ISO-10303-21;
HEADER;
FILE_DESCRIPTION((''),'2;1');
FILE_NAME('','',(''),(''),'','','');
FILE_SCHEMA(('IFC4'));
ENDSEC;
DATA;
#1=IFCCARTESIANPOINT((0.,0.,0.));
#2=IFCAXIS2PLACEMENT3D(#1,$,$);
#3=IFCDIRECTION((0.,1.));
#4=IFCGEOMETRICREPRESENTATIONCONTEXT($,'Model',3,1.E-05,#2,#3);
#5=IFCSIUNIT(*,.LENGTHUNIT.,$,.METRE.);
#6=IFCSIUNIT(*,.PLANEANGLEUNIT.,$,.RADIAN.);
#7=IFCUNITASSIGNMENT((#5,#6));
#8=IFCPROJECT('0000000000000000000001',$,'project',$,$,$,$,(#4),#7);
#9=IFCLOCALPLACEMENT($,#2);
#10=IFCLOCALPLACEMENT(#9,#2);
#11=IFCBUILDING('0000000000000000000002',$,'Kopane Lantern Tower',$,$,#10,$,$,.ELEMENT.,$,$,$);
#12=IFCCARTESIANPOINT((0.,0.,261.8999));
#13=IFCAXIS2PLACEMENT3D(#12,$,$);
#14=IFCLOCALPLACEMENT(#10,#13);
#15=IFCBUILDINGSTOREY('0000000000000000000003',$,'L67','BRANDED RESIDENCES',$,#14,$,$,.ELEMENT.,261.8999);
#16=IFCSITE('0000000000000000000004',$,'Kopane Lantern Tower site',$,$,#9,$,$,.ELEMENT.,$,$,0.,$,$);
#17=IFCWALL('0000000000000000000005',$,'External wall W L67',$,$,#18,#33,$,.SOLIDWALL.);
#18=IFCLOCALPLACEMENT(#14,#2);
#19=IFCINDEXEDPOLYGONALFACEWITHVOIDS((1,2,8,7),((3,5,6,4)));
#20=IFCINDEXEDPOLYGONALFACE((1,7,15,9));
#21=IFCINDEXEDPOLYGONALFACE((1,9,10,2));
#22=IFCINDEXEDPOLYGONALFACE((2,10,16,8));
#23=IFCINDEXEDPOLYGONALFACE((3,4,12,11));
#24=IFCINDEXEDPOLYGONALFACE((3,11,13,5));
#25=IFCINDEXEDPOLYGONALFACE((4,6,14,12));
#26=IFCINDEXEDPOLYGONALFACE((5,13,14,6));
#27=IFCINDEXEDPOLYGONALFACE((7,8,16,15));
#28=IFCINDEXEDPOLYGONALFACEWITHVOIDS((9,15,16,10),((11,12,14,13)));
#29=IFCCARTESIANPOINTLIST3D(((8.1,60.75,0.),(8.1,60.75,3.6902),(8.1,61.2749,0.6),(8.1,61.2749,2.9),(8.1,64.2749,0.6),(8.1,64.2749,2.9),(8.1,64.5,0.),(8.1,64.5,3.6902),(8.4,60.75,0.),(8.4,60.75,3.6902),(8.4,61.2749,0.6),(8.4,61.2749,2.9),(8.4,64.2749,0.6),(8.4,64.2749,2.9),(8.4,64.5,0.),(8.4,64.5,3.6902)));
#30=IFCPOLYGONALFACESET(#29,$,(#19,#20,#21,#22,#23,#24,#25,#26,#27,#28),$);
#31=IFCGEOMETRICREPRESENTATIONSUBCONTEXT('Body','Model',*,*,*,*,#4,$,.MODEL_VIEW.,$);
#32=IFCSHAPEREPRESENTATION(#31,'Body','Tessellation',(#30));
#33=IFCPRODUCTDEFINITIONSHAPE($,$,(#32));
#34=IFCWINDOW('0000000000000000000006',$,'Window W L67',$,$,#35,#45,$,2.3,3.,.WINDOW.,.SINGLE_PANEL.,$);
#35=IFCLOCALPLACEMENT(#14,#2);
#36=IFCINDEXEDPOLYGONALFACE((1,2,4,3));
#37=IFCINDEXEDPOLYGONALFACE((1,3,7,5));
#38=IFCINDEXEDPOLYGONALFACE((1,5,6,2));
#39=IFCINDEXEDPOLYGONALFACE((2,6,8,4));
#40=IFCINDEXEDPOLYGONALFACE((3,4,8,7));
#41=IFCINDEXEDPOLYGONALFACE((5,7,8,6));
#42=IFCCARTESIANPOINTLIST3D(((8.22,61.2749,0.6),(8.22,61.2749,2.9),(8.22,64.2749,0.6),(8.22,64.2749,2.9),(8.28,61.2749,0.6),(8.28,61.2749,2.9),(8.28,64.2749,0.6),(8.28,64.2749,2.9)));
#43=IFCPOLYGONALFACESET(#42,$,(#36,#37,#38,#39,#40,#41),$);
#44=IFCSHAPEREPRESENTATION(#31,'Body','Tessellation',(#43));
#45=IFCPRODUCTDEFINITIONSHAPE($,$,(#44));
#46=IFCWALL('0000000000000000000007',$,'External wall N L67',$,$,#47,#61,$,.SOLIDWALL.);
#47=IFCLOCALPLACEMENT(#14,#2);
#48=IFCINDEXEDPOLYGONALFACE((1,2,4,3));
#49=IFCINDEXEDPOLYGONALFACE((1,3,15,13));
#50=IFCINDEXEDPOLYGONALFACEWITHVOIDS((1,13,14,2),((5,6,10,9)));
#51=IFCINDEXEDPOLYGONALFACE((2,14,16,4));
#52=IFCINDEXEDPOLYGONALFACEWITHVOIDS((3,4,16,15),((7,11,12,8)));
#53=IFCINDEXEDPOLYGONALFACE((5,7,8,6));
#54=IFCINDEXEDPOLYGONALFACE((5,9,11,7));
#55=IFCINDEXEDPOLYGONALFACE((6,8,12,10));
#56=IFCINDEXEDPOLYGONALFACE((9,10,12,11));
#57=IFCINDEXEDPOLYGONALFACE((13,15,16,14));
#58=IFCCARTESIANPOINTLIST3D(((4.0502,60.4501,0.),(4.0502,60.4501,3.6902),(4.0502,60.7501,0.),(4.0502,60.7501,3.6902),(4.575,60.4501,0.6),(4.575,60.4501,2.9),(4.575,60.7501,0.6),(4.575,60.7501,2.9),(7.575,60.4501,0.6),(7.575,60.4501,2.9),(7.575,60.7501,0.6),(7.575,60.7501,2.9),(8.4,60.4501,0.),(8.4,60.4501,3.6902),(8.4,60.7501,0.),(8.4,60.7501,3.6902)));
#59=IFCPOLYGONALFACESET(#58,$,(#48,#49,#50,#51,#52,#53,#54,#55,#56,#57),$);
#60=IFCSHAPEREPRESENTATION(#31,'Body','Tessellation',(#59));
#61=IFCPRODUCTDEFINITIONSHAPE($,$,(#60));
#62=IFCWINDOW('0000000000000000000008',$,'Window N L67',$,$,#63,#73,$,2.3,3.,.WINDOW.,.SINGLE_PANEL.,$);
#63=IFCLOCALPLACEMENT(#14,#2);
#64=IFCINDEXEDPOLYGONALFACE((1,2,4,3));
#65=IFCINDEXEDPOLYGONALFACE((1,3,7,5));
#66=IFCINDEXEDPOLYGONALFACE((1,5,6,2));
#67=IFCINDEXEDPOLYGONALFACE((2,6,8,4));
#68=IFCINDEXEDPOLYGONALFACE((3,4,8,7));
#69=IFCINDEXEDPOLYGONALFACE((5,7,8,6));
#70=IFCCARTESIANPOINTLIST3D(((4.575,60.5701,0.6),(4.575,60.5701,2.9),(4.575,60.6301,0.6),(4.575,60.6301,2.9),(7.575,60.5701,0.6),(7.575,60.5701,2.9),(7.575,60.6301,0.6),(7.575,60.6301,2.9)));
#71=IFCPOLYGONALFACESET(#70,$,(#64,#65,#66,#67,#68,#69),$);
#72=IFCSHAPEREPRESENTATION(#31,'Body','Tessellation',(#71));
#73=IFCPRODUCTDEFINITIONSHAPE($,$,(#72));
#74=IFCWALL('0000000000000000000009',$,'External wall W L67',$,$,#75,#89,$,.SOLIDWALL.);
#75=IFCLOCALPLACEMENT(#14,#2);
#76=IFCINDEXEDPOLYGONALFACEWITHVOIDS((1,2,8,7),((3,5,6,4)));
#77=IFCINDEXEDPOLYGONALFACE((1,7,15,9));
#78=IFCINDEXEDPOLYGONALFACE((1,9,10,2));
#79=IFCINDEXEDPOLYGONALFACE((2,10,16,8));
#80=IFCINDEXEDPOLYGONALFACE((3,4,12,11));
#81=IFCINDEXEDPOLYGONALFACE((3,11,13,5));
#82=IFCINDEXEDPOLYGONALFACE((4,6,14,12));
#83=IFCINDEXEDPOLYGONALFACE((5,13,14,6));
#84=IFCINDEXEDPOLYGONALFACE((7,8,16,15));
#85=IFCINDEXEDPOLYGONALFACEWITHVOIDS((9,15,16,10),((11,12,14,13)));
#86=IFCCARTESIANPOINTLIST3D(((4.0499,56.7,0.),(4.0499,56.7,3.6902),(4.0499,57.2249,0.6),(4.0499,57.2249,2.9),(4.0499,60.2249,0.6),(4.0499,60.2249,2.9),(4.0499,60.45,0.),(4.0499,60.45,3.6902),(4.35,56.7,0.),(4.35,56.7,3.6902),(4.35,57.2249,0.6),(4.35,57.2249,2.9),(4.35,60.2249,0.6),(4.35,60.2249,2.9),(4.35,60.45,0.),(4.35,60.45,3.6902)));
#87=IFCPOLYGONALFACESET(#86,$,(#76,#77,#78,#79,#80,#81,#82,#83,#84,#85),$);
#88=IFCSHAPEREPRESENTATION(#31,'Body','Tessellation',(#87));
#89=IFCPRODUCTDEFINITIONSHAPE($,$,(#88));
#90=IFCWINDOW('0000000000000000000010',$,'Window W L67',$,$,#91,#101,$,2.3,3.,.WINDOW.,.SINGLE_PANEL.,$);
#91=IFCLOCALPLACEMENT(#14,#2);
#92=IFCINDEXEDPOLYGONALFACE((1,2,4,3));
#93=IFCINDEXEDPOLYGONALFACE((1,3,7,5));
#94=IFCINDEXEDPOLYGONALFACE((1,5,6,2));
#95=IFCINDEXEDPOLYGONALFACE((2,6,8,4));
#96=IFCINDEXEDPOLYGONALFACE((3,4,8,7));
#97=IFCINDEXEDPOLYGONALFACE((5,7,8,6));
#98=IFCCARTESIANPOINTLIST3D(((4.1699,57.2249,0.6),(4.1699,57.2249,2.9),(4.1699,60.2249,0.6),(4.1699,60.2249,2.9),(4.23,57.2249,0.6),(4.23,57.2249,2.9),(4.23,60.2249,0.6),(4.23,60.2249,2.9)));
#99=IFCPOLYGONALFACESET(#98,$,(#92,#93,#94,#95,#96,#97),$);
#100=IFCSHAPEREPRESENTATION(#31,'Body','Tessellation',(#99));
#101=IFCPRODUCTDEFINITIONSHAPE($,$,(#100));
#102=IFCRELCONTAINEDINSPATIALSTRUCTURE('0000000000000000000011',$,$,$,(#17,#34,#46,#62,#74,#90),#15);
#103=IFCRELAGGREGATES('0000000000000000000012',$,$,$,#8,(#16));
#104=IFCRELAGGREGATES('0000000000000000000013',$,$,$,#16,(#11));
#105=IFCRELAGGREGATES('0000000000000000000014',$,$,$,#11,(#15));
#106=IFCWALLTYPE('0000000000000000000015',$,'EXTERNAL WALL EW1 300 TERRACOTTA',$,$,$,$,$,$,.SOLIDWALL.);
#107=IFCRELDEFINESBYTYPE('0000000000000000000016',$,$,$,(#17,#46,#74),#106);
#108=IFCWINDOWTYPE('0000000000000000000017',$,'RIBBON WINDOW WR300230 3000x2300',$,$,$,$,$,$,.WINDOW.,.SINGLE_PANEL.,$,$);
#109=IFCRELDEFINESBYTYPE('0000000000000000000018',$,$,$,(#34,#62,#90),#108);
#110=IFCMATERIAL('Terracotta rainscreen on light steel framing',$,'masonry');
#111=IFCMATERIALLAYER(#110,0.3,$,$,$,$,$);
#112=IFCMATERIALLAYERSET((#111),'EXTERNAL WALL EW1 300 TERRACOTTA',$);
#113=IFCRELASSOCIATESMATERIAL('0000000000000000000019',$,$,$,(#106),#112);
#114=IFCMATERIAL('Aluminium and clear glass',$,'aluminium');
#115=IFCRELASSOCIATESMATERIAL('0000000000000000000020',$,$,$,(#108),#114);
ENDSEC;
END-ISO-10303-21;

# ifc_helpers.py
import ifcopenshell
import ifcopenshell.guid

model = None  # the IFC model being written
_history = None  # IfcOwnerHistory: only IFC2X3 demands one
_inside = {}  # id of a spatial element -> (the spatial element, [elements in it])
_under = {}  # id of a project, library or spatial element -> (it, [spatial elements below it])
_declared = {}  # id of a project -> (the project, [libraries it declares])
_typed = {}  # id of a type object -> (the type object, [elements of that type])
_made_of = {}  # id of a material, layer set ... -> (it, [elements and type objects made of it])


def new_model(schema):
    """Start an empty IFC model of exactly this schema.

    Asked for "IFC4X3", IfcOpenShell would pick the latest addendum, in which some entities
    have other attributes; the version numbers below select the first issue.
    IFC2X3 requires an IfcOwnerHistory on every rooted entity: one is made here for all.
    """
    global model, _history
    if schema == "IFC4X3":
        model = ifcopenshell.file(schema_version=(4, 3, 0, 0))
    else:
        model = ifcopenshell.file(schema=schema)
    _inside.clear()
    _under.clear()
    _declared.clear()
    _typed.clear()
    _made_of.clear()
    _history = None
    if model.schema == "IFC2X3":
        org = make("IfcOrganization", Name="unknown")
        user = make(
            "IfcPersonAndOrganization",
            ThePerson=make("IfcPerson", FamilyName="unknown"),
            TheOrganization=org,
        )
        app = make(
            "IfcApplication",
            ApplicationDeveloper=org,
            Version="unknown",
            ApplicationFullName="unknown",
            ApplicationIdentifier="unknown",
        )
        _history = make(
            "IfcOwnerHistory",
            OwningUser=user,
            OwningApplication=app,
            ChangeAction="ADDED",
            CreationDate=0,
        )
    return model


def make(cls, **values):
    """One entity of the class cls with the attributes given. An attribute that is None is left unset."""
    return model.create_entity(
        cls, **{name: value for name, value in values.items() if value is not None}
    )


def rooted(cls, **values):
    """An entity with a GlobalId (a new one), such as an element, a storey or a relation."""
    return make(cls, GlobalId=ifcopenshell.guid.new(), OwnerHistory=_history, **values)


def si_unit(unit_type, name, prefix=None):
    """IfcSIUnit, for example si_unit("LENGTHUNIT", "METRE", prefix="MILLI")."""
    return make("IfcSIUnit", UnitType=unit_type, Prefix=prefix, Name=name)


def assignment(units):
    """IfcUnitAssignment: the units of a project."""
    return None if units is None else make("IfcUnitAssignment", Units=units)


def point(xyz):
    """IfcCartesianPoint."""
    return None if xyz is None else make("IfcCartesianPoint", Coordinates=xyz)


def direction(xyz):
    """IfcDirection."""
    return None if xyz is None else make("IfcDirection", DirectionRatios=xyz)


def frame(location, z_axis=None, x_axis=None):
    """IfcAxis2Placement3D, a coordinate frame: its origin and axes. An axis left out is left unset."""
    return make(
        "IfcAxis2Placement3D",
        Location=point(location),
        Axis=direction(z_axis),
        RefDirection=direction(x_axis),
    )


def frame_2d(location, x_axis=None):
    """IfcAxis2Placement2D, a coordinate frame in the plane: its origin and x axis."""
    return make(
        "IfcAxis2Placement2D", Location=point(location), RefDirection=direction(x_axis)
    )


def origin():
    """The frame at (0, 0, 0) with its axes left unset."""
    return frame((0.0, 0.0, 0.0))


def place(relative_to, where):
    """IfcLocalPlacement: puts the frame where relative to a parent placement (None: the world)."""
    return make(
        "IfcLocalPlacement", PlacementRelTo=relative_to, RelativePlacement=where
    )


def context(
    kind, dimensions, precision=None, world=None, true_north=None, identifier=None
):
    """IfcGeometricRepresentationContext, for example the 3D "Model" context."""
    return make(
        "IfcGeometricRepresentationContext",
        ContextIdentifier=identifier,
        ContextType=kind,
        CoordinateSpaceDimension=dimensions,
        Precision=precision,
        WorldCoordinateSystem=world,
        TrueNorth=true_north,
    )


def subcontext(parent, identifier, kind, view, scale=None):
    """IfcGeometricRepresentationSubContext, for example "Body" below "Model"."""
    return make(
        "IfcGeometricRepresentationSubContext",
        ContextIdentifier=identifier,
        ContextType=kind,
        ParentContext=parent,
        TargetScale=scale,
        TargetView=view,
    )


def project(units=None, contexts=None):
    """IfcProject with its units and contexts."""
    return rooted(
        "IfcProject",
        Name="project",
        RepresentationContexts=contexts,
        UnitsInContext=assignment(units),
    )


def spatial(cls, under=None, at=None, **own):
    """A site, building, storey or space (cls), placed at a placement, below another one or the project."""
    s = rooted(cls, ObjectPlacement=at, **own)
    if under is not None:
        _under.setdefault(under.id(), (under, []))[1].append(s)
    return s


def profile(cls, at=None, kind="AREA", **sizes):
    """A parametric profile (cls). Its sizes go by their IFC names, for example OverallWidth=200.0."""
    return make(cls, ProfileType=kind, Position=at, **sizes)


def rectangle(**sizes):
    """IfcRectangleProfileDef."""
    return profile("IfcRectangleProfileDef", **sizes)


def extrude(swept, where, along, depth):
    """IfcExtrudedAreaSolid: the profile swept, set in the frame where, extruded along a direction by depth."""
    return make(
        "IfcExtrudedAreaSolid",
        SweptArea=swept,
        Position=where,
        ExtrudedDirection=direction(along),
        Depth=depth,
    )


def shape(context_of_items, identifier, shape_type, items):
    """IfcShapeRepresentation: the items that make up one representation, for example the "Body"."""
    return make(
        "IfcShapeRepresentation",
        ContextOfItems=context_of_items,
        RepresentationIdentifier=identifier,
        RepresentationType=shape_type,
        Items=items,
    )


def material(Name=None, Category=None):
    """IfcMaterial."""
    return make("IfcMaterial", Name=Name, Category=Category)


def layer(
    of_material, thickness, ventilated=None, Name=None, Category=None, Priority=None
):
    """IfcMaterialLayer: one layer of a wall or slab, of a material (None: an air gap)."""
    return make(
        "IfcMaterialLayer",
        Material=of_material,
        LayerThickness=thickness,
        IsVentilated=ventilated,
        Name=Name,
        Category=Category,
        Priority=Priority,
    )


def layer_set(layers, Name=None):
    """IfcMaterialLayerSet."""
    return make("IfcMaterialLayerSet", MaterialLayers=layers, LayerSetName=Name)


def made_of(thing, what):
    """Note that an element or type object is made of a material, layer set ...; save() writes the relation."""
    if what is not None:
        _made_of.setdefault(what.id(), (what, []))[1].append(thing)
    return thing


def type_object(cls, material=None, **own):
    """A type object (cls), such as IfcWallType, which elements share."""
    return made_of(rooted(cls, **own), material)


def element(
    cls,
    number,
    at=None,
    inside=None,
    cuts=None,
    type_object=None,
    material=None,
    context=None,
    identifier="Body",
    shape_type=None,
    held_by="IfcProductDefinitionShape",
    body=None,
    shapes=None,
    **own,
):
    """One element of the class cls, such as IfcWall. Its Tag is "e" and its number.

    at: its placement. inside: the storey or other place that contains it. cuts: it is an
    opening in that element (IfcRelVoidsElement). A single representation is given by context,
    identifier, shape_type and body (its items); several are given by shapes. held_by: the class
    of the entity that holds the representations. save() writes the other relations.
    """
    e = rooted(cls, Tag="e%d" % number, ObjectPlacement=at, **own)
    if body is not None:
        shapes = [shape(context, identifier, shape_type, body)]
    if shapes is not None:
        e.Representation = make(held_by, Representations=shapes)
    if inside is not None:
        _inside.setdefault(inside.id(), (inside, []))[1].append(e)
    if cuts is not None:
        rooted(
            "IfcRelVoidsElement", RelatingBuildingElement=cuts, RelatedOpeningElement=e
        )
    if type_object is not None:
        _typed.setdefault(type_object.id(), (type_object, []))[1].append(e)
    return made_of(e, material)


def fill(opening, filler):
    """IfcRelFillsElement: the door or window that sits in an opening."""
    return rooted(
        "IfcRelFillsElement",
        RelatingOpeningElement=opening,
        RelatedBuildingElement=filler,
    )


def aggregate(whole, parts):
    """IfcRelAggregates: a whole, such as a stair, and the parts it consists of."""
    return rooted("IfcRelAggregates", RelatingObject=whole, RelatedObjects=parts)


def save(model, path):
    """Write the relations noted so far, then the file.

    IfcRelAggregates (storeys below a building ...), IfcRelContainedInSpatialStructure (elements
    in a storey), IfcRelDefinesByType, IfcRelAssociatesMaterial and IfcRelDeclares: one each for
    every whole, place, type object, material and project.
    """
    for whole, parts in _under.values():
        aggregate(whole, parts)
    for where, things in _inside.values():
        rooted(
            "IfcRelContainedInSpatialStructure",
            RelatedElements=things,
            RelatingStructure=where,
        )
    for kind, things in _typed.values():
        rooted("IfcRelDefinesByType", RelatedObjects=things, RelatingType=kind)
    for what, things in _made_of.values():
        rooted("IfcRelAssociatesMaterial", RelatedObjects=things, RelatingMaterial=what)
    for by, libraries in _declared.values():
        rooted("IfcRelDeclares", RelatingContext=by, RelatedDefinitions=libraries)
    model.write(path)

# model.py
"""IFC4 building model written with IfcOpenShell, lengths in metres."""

from ifc_helpers import new_model, si_unit, direction, frame, frame_2d, origin, place, context, subcontext, project, spatial, rectangle, extrude, material, layer, layer_set, type_object, element, fill, save


model = new_model("IFC4")

# Units and contexts
model_context = context("Model", 3, precision=1e-05, world=origin(), true_north=direction((0.0, 1.0)))
body_context = subcontext(model_context, "Body", "Model", "MODEL_VIEW")
ifc_project = project(units=[si_unit("LENGTHUNIT", "METRE"), si_unit("PLANEANGLEUNIT", "RADIAN")], contexts=[model_context])

# Site, building, storey
site_placement = place(None, origin())
site = spatial("IfcSite", under=ifc_project, at=site_placement, Name="Kopane Lantern Tower site", CompositionType="ELEMENT", RefElevation=0.0)
building_placement = place(site_placement, origin())
building = spatial("IfcBuilding", under=site, at=building_placement, Name="Kopane Lantern Tower", CompositionType="ELEMENT")
storey_placement = place(building_placement, frame((0.0, 0.0, 261.8999)))
storey = spatial("IfcBuildingStorey", under=building, at=storey_placement, Name="L67", Description="BRANDED RESIDENCES", CompositionType="ELEMENT", Elevation=261.8999)

# Walls, openings, windows
ifc_material_1 = material(Name="Terracotta rainscreen on light steel framing", Category="masonry")
ifc_layer_1 = layer(ifc_material_1, 0.3)
ifc_layer_set_1 = layer_set([ifc_layer_1], Name="EXTERNAL WALL EW1 300 TERRACOTTA")
wall_type_1 = type_object("IfcWallType", Name="EXTERNAL WALL EW1 300 TERRACOTTA", PredefinedType="SOLIDWALL", material=ifc_layer_set_1)
wall_1_placement = place(storey_placement, frame((8.25, 64.5, 0.0), z_axis=(0.0, 0.0, 1.0), x_axis=(0.0, -1.0, 0.0)))
wall_1 = element("IfcWall", 1, at=wall_1_placement, inside=storey, type_object=wall_type_1, Name="External wall W L67", PredefinedType="SOLIDWALL", context=body_context, shape_type="SweptSolid", body=[
    extrude(rectangle(XDim=3.75, YDim=0.3, at=frame_2d((1.875, 0.0))), origin(), (0.0, 0.0, 1.0), 3.6902),
])
opening_1_placement = place(wall_1_placement, frame((0.2251, 0.0, 0.6001)))
opening_1 = element("IfcOpeningElement", 2, at=opening_1_placement, cuts=wall_1, PredefinedType="OPENING", context=body_context, shape_type="SweptSolid", body=[
    extrude(rectangle(XDim=3.0, YDim=2.3, at=frame_2d((1.5, 1.1499))), frame((0.0, 0.1599, 0.0), z_axis=(0.0, -1.0, 0.0), x_axis=(1.0, 0.0, 0.0)), (0.0, 0.0, 1.0), 0.3201),
])
ifc_material_2 = material(Name="Aluminium and clear glass", Category="aluminium")
window_type = type_object("IfcWindowType", Name="RIBBON WINDOW WR300230 3000x2300", PartitioningType="SINGLE_PANEL", PredefinedType="WINDOW", material=ifc_material_2)
window_1_placement = place(opening_1_placement, origin())
window_1 = element("IfcWindow", 3, at=window_1_placement, inside=storey, type_object=window_type, Name="Window W L67", OverallHeight=2.3, OverallWidth=3.0, PartitioningType="SINGLE_PANEL", PredefinedType="WINDOW", context=body_context, shape_type="SweptSolid", body=[
    extrude(rectangle(XDim=3.0, YDim=2.3, at=frame_2d((1.5, 1.1499))), frame((0.0, 0.03, 0.0), z_axis=(0.0, -1.0, 0.0), x_axis=(1.0, 0.0, 0.0)), (0.0, 0.0, 1.0), 0.0601),
])
fill(opening_1, window_1)
wall_2_placement = place(storey_placement, frame((8.3999, 60.6001, 0.0), z_axis=(0.0, 0.0, 1.0), x_axis=(-1.0, 0.0, 0.0)))
wall_2 = element("IfcWall", 4, at=wall_2_placement, inside=storey, type_object=wall_type_1, Name="External wall N L67", PredefinedType="SOLIDWALL", context=body_context, shape_type="SweptSolid", body=[
    extrude(rectangle(XDim=4.3499, YDim=0.3, at=frame_2d((2.1748, 0.0))), origin(), (0.0, 0.0, 1.0), 3.6902),
])
opening_2_placement = place(wall_2_placement, frame((0.825, 0.0, 0.6001)))
opening_2 = element("IfcOpeningElement", 5, at=opening_2_placement, cuts=wall_2, PredefinedType="OPENING", context=body_context, shape_type="SweptSolid", body=[
    extrude(rectangle(XDim=3.0, YDim=2.3, at=frame_2d((1.5, 1.1499))), frame((0.0, 0.1599, 0.0), z_axis=(0.0, -1.0, 0.0), x_axis=(1.0, 0.0, 0.0)), (0.0, 0.0, 1.0), 0.3201),
])
window_2_placement = place(opening_2_placement, origin())
window_2 = element("IfcWindow", 6, at=window_2_placement, inside=storey, type_object=window_type, Name="Window N L67", OverallHeight=2.3, OverallWidth=3.0, PartitioningType="SINGLE_PANEL", PredefinedType="WINDOW", context=body_context, shape_type="SweptSolid", body=[
    extrude(rectangle(XDim=3.0, YDim=2.3, at=frame_2d((1.5, 1.1499))), frame((0.0, 0.03, 0.0), z_axis=(0.0, -1.0, 0.0), x_axis=(1.0, 0.0, 0.0)), (0.0, 0.0, 1.0), 0.0601),
])
fill(opening_2, window_2)
wall_3_placement = place(storey_placement, frame((4.2, 60.45, 0.0), z_axis=(0.0, 0.0, 1.0), x_axis=(0.0, -1.0, 0.0)))
wall_3 = element("IfcWall", 7, at=wall_3_placement, inside=storey, type_object=wall_type_1, Name="External wall W L67", PredefinedType="SOLIDWALL", context=body_context, shape_type="SweptSolid", body=[
    extrude(rectangle(XDim=3.75, YDim=0.3, at=frame_2d((1.875, 0.0))), origin(), (0.0, 0.0, 1.0), 3.6902),
])
opening_3_placement = place(wall_3_placement, frame((0.2251, 0.0, 0.6001)))
opening_3 = element("IfcOpeningElement", 8, at=opening_3_placement, cuts=wall_3, PredefinedType="OPENING", context=body_context, shape_type="SweptSolid", body=[
    extrude(rectangle(XDim=3.0, YDim=2.3, at=frame_2d((1.5, 1.1499))), frame((0.0, 0.1599, 0.0), z_axis=(0.0, -1.0, 0.0), x_axis=(1.0, 0.0, 0.0)), (0.0, 0.0, 1.0), 0.3201),
])
window_3_placement = place(opening_3_placement, origin())
window_3 = element("IfcWindow", 9, at=window_3_placement, inside=storey, type_object=window_type, Name="Window W L67", OverallHeight=2.3, OverallWidth=3.0, PartitioningType="SINGLE_PANEL", PredefinedType="WINDOW", context=body_context, shape_type="SweptSolid", body=[
    extrude(rectangle(XDim=3.0, YDim=2.3, at=frame_2d((1.5, 1.1499))), frame((0.0, 0.03, 0.0), z_axis=(0.0, -1.0, 0.0), x_axis=(1.0, 0.0, 0.0)), (0.0, 0.0, 1.0), 0.0601),
])
fill(opening_3, window_3)

save(model, "model.ifc")
